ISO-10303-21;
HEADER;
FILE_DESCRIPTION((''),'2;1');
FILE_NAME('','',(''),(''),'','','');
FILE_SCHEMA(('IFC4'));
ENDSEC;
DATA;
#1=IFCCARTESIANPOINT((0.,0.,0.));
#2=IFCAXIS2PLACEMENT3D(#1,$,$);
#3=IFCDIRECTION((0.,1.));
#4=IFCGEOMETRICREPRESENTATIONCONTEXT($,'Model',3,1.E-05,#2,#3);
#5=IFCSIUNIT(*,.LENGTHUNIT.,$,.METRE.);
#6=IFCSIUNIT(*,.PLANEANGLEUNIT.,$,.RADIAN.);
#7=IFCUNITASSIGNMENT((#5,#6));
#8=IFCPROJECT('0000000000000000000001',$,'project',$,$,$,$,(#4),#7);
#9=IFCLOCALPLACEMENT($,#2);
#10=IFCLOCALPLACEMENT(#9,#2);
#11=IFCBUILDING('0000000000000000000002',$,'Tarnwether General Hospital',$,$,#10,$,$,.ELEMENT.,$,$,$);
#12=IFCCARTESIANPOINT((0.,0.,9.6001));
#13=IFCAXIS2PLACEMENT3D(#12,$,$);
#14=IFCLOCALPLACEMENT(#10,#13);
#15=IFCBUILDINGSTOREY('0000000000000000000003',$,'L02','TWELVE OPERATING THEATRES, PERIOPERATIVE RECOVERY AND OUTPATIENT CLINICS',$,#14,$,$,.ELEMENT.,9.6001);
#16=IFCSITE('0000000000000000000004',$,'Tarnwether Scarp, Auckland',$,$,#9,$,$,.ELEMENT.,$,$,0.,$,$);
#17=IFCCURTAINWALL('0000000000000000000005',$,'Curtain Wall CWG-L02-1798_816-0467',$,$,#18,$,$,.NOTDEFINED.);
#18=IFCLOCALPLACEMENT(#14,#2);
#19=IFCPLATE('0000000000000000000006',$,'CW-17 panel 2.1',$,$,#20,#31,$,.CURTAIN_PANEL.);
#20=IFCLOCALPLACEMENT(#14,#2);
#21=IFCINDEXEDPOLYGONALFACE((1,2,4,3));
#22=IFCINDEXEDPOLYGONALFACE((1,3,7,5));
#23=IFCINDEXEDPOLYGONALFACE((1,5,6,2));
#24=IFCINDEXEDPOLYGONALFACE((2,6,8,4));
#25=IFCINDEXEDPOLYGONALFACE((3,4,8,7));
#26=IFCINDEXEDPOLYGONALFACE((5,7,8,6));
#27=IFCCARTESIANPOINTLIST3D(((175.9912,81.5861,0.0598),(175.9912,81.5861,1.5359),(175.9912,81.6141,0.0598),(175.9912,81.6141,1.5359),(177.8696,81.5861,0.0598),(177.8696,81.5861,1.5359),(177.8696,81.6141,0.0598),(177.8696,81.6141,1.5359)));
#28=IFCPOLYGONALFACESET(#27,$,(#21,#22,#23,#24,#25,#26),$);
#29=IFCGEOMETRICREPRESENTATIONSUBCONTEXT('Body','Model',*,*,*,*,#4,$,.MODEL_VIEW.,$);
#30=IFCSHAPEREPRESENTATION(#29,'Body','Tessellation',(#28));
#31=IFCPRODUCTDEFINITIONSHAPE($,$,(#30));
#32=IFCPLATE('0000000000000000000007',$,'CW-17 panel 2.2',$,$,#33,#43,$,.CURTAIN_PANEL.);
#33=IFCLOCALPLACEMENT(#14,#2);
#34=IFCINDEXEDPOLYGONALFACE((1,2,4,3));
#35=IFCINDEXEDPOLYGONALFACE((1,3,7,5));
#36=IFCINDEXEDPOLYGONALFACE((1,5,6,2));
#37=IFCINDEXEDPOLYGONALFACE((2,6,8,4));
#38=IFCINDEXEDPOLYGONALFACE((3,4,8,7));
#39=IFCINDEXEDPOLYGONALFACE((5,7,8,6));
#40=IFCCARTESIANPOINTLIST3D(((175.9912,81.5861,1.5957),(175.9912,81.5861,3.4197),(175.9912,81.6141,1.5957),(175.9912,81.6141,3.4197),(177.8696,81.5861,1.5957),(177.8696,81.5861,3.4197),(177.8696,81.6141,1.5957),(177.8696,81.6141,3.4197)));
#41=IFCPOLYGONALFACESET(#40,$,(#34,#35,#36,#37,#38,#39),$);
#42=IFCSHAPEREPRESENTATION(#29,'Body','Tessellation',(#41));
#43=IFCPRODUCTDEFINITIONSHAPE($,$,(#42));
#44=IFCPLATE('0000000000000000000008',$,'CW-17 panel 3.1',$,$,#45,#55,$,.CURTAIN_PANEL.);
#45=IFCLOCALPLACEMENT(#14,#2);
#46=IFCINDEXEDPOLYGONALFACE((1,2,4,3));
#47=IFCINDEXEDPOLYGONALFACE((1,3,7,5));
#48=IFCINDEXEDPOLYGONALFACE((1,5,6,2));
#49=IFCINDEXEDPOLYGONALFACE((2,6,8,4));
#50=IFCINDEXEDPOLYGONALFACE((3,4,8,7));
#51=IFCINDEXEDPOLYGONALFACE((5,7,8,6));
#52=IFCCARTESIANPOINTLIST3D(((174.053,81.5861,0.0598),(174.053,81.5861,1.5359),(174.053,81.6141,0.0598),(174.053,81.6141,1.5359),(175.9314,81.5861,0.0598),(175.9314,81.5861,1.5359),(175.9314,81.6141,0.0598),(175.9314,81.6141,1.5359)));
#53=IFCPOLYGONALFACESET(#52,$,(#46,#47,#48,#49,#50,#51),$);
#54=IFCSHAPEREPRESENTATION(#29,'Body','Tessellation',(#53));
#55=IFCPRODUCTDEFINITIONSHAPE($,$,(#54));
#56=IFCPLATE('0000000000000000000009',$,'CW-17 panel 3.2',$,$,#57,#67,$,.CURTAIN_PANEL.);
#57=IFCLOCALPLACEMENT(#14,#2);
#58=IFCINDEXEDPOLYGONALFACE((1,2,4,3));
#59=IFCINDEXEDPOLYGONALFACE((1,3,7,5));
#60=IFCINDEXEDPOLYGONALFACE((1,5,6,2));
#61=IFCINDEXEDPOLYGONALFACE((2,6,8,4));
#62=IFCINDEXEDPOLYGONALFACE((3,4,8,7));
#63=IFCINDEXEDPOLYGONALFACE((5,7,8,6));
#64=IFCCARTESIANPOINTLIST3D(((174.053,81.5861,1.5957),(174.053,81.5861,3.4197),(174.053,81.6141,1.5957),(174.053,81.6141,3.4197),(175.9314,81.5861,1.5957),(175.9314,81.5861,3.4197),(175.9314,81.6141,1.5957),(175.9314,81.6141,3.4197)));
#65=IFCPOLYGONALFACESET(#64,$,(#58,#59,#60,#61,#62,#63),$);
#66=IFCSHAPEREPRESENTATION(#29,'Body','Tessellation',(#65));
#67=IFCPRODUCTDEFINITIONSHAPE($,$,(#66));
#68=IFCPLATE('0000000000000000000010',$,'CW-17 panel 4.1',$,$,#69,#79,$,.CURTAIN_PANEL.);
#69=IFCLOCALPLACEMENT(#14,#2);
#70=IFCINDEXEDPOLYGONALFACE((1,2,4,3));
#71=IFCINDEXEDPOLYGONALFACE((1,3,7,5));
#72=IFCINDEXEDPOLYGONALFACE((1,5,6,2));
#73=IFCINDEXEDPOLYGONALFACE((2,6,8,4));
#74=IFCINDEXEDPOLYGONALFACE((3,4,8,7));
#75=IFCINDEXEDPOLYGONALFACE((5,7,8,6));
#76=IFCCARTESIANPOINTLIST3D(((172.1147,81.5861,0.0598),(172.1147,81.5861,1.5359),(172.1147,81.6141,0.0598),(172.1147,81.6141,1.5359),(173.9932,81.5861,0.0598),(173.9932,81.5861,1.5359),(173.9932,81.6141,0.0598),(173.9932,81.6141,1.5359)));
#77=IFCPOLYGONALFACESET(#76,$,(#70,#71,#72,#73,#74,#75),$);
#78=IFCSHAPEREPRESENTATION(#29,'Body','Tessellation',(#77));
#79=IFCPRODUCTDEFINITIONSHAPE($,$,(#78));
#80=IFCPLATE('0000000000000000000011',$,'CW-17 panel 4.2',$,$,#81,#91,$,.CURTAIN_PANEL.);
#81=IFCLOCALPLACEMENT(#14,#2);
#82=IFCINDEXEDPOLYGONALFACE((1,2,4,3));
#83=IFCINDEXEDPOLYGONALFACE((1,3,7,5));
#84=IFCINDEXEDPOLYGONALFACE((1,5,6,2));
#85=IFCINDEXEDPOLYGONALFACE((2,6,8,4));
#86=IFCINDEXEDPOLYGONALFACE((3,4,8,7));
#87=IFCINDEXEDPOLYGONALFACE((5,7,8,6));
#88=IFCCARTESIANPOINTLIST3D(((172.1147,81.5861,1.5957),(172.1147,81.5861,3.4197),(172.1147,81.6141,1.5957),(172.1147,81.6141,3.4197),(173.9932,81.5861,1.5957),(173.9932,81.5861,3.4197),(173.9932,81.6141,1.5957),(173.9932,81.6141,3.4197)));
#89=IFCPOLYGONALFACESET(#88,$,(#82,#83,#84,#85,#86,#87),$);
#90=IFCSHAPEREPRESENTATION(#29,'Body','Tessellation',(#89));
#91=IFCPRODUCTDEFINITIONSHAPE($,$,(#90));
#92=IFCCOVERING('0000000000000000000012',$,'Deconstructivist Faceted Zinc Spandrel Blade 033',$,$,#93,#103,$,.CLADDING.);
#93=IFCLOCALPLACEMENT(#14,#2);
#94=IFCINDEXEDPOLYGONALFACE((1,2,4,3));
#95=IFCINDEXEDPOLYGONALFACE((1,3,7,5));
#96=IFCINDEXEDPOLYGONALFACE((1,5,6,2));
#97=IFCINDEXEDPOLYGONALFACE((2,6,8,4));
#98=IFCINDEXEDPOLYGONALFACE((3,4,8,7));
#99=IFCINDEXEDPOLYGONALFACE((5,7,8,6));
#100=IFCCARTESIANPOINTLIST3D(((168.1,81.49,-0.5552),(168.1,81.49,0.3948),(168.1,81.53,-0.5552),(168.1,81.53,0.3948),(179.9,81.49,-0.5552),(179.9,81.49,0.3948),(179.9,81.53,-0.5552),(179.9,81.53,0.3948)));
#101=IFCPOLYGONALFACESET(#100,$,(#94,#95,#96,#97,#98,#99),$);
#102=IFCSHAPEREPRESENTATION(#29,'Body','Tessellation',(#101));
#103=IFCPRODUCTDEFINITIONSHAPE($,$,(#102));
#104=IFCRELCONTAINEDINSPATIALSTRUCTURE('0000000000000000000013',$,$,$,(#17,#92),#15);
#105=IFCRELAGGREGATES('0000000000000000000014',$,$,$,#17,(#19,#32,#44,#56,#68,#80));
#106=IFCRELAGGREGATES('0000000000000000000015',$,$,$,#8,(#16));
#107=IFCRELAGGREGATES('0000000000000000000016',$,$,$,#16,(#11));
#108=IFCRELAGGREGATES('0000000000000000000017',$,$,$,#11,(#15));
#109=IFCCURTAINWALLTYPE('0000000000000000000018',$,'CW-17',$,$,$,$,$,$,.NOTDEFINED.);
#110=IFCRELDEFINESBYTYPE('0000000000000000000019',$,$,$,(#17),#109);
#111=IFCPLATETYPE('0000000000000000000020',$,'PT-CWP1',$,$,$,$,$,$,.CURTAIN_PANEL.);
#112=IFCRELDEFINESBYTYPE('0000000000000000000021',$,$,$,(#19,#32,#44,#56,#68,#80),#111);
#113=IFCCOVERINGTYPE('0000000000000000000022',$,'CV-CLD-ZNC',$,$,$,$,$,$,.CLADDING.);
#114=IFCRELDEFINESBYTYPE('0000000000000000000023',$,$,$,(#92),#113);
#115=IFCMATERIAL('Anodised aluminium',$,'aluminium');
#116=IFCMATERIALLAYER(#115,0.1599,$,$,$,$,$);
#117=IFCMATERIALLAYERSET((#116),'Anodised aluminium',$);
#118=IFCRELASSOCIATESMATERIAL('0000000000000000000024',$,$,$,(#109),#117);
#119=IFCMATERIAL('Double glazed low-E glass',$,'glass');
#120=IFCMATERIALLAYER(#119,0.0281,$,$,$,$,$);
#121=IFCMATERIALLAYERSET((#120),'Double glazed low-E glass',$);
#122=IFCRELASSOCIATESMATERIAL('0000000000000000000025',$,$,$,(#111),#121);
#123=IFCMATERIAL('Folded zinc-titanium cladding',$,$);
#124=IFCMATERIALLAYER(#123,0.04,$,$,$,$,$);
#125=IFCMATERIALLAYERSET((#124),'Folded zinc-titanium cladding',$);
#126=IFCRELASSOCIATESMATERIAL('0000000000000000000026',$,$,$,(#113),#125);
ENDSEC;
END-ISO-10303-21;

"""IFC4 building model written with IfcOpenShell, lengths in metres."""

from ifc_helpers import new_model, si_unit, direction, frame, origin, origin_2d, place, context, subcontext, project, spatial, rectangle, extrude, material, layer, layer_set, type_object, element, aggregate, save


model = new_model("IFC4")

# Units and contexts
model_context = context("Model", 3, precision=1e-05, world=origin(), true_north=direction((0.0, 1.0)))
body_context = subcontext(model_context, "Body", "Model", "MODEL_VIEW")
ifc_project = project(units=[si_unit("LENGTHUNIT", "METRE"), si_unit("PLANEANGLEUNIT", "RADIAN")], contexts=[model_context])

# Site, building, storey
site_placement = place(None, origin())
site = spatial("IfcSite", under=ifc_project, at=site_placement, Name="Tarnwether Scarp, Auckland", CompositionType="ELEMENT", RefElevation=0.0)
building_placement = place(site_placement, origin())
building = spatial("IfcBuilding", under=site, at=building_placement, Name="Tarnwether General Hospital", CompositionType="ELEMENT")
storey_placement = place(building_placement, frame((0.0, 0.0, 9.6001)))
storey = spatial("IfcBuildingStorey", under=building, at=storey_placement, Name="L02", Description="TWELVE OPERATING THEATRES, PERIOPERATIVE RECOVERY AND OUTPATIENT CLINICS", CompositionType="ELEMENT", Elevation=9.6001)

# Shared definitions
ifc_material_1 = material(Name="Anodised aluminium", Category="aluminium")
ifc_layer_1 = layer(ifc_material_1, 0.1599)
ifc_layer_set_1 = layer_set([ifc_layer_1], Name="Anodised aluminium")
curtain_wall_type = type_object("IfcCurtainWallType", Name="CW-17", PredefinedType="NOTDEFINED", material=ifc_layer_set_1)

# Curtain wall
curtain_wall_1_placement = place(storey_placement, origin())
curtain_wall_1 = element("IfcCurtainWall", 1, at=curtain_wall_1_placement, inside=storey, type_object=curtain_wall_type, Name="Curtain Wall CWG-L02-1798_816-0467", PredefinedType="NOTDEFINED")

# Plates
ifc_material_2 = material(Name="Double glazed low-E glass", Category="glass")
ifc_layer_2 = layer(ifc_material_2, 0.0281)
ifc_layer_set_2 = layer_set([ifc_layer_2], Name="Double glazed low-E glass")
plate_type = type_object("IfcPlateType", Name="PT-CWP1", PredefinedType="CURTAIN_PANEL", material=ifc_layer_set_2)
plate_1_placement = place(storey_placement, frame((176.9304, 81.6001, 0.0598), z_axis=(0.0, 0.0, 1.0), x_axis=(-1.0, 0.0, 0.0)))
plate_1 = element("IfcPlate", 2, at=plate_1_placement, type_object=plate_type, Name="CW-17 panel 2.1", PredefinedType="CURTAIN_PANEL", context=body_context, shape_type="SweptSolid", body=[
    extrude(rectangle(XDim=1.8784, YDim=0.0281, at=origin_2d()), origin(), (0.0, 0.0, 1.0), 1.4761),
])
plate_2_placement = place(storey_placement, frame((176.9304, 81.6001, 1.5957), z_axis=(0.0, 0.0, 1.0), x_axis=(-1.0, 0.0, 0.0)))
plate_2 = element("IfcPlate", 3, at=plate_2_placement, type_object=plate_type, Name="CW-17 panel 2.2", PredefinedType="CURTAIN_PANEL", context=body_context, shape_type="SweptSolid", body=[
    extrude(rectangle(XDim=1.8784, YDim=0.0281, at=origin_2d()), origin(), (0.0, 0.0, 1.0), 1.824),
])
plate_3_placement = place(storey_placement, frame((174.9922, 81.6001, 0.0598), z_axis=(0.0, 0.0, 1.0), x_axis=(-1.0, 0.0, 0.0)))
plate_3 = element("IfcPlate", 4, at=plate_3_placement, type_object=plate_type, Name="CW-17 panel 3.1", PredefinedType="CURTAIN_PANEL", context=body_context, shape_type="SweptSolid", body=[
    extrude(rectangle(XDim=1.8784, YDim=0.0281, at=origin_2d()), origin(), (0.0, 0.0, 1.0), 1.4761),
])
plate_4_placement = place(storey_placement, frame((174.9922, 81.6001, 1.5957), z_axis=(0.0, 0.0, 1.0), x_axis=(-1.0, 0.0, 0.0)))
plate_4 = element("IfcPlate", 5, at=plate_4_placement, type_object=plate_type, Name="CW-17 panel 3.2", PredefinedType="CURTAIN_PANEL", context=body_context, shape_type="SweptSolid", body=[
    extrude(rectangle(XDim=1.8784, YDim=0.0281, at=origin_2d()), origin(), (0.0, 0.0, 1.0), 1.824),
])
plate_5_placement = place(storey_placement, frame((173.054, 81.6001, 0.0598), z_axis=(0.0, 0.0, 1.0), x_axis=(-1.0, 0.0, 0.0)))
plate_5 = element("IfcPlate", 6, at=plate_5_placement, type_object=plate_type, Name="CW-17 panel 4.1", PredefinedType="CURTAIN_PANEL", context=body_context, shape_type="SweptSolid", body=[
    extrude(rectangle(XDim=1.8784, YDim=0.0281, at=origin_2d()), origin(), (0.0, 0.0, 1.0), 1.4761),
])
plate_6_placement = place(storey_placement, frame((173.054, 81.6001, 1.5957), z_axis=(0.0, 0.0, 1.0), x_axis=(-1.0, 0.0, 0.0)))
plate_6 = element("IfcPlate", 7, at=plate_6_placement, type_object=plate_type, Name="CW-17 panel 4.2", PredefinedType="CURTAIN_PANEL", context=body_context, shape_type="SweptSolid", body=[
    extrude(rectangle(XDim=1.8784, YDim=0.0281, at=origin_2d()), origin(), (0.0, 0.0, 1.0), 1.824),
])
aggregate(curtain_wall_1, [plate_1, plate_2, plate_3, plate_4, plate_5, plate_6])

# Covering
ifc_material_3 = material(Name="Folded zinc-titanium cladding")
ifc_layer_3 = layer(ifc_material_3, 0.04)
ifc_layer_set_3 = layer_set([ifc_layer_3], Name="Folded zinc-titanium cladding")
covering_type = type_object("IfcCoveringType", Name="CV-CLD-ZNC", PredefinedType="CLADDING", material=ifc_layer_set_3)
covering_placement = place(storey_placement, frame((174.0, 81.51, -0.5552), z_axis=(0.0, 0.0, 1.0), x_axis=(1.0, 0.0, 0.0)))
element("IfcCovering", 8, at=covering_placement, inside=storey, type_object=covering_type, Name="Deconstructivist Faceted Zinc Spandrel Blade 033", PredefinedType="CLADDING", context=body_context, shape_type="SweptSolid", body=[
    extrude(rectangle(XDim=11.8, YDim=0.04, at=origin_2d()), origin(), (0.0, 0.0, 1.0), 0.95),
])

save(model, "model.ifc")
